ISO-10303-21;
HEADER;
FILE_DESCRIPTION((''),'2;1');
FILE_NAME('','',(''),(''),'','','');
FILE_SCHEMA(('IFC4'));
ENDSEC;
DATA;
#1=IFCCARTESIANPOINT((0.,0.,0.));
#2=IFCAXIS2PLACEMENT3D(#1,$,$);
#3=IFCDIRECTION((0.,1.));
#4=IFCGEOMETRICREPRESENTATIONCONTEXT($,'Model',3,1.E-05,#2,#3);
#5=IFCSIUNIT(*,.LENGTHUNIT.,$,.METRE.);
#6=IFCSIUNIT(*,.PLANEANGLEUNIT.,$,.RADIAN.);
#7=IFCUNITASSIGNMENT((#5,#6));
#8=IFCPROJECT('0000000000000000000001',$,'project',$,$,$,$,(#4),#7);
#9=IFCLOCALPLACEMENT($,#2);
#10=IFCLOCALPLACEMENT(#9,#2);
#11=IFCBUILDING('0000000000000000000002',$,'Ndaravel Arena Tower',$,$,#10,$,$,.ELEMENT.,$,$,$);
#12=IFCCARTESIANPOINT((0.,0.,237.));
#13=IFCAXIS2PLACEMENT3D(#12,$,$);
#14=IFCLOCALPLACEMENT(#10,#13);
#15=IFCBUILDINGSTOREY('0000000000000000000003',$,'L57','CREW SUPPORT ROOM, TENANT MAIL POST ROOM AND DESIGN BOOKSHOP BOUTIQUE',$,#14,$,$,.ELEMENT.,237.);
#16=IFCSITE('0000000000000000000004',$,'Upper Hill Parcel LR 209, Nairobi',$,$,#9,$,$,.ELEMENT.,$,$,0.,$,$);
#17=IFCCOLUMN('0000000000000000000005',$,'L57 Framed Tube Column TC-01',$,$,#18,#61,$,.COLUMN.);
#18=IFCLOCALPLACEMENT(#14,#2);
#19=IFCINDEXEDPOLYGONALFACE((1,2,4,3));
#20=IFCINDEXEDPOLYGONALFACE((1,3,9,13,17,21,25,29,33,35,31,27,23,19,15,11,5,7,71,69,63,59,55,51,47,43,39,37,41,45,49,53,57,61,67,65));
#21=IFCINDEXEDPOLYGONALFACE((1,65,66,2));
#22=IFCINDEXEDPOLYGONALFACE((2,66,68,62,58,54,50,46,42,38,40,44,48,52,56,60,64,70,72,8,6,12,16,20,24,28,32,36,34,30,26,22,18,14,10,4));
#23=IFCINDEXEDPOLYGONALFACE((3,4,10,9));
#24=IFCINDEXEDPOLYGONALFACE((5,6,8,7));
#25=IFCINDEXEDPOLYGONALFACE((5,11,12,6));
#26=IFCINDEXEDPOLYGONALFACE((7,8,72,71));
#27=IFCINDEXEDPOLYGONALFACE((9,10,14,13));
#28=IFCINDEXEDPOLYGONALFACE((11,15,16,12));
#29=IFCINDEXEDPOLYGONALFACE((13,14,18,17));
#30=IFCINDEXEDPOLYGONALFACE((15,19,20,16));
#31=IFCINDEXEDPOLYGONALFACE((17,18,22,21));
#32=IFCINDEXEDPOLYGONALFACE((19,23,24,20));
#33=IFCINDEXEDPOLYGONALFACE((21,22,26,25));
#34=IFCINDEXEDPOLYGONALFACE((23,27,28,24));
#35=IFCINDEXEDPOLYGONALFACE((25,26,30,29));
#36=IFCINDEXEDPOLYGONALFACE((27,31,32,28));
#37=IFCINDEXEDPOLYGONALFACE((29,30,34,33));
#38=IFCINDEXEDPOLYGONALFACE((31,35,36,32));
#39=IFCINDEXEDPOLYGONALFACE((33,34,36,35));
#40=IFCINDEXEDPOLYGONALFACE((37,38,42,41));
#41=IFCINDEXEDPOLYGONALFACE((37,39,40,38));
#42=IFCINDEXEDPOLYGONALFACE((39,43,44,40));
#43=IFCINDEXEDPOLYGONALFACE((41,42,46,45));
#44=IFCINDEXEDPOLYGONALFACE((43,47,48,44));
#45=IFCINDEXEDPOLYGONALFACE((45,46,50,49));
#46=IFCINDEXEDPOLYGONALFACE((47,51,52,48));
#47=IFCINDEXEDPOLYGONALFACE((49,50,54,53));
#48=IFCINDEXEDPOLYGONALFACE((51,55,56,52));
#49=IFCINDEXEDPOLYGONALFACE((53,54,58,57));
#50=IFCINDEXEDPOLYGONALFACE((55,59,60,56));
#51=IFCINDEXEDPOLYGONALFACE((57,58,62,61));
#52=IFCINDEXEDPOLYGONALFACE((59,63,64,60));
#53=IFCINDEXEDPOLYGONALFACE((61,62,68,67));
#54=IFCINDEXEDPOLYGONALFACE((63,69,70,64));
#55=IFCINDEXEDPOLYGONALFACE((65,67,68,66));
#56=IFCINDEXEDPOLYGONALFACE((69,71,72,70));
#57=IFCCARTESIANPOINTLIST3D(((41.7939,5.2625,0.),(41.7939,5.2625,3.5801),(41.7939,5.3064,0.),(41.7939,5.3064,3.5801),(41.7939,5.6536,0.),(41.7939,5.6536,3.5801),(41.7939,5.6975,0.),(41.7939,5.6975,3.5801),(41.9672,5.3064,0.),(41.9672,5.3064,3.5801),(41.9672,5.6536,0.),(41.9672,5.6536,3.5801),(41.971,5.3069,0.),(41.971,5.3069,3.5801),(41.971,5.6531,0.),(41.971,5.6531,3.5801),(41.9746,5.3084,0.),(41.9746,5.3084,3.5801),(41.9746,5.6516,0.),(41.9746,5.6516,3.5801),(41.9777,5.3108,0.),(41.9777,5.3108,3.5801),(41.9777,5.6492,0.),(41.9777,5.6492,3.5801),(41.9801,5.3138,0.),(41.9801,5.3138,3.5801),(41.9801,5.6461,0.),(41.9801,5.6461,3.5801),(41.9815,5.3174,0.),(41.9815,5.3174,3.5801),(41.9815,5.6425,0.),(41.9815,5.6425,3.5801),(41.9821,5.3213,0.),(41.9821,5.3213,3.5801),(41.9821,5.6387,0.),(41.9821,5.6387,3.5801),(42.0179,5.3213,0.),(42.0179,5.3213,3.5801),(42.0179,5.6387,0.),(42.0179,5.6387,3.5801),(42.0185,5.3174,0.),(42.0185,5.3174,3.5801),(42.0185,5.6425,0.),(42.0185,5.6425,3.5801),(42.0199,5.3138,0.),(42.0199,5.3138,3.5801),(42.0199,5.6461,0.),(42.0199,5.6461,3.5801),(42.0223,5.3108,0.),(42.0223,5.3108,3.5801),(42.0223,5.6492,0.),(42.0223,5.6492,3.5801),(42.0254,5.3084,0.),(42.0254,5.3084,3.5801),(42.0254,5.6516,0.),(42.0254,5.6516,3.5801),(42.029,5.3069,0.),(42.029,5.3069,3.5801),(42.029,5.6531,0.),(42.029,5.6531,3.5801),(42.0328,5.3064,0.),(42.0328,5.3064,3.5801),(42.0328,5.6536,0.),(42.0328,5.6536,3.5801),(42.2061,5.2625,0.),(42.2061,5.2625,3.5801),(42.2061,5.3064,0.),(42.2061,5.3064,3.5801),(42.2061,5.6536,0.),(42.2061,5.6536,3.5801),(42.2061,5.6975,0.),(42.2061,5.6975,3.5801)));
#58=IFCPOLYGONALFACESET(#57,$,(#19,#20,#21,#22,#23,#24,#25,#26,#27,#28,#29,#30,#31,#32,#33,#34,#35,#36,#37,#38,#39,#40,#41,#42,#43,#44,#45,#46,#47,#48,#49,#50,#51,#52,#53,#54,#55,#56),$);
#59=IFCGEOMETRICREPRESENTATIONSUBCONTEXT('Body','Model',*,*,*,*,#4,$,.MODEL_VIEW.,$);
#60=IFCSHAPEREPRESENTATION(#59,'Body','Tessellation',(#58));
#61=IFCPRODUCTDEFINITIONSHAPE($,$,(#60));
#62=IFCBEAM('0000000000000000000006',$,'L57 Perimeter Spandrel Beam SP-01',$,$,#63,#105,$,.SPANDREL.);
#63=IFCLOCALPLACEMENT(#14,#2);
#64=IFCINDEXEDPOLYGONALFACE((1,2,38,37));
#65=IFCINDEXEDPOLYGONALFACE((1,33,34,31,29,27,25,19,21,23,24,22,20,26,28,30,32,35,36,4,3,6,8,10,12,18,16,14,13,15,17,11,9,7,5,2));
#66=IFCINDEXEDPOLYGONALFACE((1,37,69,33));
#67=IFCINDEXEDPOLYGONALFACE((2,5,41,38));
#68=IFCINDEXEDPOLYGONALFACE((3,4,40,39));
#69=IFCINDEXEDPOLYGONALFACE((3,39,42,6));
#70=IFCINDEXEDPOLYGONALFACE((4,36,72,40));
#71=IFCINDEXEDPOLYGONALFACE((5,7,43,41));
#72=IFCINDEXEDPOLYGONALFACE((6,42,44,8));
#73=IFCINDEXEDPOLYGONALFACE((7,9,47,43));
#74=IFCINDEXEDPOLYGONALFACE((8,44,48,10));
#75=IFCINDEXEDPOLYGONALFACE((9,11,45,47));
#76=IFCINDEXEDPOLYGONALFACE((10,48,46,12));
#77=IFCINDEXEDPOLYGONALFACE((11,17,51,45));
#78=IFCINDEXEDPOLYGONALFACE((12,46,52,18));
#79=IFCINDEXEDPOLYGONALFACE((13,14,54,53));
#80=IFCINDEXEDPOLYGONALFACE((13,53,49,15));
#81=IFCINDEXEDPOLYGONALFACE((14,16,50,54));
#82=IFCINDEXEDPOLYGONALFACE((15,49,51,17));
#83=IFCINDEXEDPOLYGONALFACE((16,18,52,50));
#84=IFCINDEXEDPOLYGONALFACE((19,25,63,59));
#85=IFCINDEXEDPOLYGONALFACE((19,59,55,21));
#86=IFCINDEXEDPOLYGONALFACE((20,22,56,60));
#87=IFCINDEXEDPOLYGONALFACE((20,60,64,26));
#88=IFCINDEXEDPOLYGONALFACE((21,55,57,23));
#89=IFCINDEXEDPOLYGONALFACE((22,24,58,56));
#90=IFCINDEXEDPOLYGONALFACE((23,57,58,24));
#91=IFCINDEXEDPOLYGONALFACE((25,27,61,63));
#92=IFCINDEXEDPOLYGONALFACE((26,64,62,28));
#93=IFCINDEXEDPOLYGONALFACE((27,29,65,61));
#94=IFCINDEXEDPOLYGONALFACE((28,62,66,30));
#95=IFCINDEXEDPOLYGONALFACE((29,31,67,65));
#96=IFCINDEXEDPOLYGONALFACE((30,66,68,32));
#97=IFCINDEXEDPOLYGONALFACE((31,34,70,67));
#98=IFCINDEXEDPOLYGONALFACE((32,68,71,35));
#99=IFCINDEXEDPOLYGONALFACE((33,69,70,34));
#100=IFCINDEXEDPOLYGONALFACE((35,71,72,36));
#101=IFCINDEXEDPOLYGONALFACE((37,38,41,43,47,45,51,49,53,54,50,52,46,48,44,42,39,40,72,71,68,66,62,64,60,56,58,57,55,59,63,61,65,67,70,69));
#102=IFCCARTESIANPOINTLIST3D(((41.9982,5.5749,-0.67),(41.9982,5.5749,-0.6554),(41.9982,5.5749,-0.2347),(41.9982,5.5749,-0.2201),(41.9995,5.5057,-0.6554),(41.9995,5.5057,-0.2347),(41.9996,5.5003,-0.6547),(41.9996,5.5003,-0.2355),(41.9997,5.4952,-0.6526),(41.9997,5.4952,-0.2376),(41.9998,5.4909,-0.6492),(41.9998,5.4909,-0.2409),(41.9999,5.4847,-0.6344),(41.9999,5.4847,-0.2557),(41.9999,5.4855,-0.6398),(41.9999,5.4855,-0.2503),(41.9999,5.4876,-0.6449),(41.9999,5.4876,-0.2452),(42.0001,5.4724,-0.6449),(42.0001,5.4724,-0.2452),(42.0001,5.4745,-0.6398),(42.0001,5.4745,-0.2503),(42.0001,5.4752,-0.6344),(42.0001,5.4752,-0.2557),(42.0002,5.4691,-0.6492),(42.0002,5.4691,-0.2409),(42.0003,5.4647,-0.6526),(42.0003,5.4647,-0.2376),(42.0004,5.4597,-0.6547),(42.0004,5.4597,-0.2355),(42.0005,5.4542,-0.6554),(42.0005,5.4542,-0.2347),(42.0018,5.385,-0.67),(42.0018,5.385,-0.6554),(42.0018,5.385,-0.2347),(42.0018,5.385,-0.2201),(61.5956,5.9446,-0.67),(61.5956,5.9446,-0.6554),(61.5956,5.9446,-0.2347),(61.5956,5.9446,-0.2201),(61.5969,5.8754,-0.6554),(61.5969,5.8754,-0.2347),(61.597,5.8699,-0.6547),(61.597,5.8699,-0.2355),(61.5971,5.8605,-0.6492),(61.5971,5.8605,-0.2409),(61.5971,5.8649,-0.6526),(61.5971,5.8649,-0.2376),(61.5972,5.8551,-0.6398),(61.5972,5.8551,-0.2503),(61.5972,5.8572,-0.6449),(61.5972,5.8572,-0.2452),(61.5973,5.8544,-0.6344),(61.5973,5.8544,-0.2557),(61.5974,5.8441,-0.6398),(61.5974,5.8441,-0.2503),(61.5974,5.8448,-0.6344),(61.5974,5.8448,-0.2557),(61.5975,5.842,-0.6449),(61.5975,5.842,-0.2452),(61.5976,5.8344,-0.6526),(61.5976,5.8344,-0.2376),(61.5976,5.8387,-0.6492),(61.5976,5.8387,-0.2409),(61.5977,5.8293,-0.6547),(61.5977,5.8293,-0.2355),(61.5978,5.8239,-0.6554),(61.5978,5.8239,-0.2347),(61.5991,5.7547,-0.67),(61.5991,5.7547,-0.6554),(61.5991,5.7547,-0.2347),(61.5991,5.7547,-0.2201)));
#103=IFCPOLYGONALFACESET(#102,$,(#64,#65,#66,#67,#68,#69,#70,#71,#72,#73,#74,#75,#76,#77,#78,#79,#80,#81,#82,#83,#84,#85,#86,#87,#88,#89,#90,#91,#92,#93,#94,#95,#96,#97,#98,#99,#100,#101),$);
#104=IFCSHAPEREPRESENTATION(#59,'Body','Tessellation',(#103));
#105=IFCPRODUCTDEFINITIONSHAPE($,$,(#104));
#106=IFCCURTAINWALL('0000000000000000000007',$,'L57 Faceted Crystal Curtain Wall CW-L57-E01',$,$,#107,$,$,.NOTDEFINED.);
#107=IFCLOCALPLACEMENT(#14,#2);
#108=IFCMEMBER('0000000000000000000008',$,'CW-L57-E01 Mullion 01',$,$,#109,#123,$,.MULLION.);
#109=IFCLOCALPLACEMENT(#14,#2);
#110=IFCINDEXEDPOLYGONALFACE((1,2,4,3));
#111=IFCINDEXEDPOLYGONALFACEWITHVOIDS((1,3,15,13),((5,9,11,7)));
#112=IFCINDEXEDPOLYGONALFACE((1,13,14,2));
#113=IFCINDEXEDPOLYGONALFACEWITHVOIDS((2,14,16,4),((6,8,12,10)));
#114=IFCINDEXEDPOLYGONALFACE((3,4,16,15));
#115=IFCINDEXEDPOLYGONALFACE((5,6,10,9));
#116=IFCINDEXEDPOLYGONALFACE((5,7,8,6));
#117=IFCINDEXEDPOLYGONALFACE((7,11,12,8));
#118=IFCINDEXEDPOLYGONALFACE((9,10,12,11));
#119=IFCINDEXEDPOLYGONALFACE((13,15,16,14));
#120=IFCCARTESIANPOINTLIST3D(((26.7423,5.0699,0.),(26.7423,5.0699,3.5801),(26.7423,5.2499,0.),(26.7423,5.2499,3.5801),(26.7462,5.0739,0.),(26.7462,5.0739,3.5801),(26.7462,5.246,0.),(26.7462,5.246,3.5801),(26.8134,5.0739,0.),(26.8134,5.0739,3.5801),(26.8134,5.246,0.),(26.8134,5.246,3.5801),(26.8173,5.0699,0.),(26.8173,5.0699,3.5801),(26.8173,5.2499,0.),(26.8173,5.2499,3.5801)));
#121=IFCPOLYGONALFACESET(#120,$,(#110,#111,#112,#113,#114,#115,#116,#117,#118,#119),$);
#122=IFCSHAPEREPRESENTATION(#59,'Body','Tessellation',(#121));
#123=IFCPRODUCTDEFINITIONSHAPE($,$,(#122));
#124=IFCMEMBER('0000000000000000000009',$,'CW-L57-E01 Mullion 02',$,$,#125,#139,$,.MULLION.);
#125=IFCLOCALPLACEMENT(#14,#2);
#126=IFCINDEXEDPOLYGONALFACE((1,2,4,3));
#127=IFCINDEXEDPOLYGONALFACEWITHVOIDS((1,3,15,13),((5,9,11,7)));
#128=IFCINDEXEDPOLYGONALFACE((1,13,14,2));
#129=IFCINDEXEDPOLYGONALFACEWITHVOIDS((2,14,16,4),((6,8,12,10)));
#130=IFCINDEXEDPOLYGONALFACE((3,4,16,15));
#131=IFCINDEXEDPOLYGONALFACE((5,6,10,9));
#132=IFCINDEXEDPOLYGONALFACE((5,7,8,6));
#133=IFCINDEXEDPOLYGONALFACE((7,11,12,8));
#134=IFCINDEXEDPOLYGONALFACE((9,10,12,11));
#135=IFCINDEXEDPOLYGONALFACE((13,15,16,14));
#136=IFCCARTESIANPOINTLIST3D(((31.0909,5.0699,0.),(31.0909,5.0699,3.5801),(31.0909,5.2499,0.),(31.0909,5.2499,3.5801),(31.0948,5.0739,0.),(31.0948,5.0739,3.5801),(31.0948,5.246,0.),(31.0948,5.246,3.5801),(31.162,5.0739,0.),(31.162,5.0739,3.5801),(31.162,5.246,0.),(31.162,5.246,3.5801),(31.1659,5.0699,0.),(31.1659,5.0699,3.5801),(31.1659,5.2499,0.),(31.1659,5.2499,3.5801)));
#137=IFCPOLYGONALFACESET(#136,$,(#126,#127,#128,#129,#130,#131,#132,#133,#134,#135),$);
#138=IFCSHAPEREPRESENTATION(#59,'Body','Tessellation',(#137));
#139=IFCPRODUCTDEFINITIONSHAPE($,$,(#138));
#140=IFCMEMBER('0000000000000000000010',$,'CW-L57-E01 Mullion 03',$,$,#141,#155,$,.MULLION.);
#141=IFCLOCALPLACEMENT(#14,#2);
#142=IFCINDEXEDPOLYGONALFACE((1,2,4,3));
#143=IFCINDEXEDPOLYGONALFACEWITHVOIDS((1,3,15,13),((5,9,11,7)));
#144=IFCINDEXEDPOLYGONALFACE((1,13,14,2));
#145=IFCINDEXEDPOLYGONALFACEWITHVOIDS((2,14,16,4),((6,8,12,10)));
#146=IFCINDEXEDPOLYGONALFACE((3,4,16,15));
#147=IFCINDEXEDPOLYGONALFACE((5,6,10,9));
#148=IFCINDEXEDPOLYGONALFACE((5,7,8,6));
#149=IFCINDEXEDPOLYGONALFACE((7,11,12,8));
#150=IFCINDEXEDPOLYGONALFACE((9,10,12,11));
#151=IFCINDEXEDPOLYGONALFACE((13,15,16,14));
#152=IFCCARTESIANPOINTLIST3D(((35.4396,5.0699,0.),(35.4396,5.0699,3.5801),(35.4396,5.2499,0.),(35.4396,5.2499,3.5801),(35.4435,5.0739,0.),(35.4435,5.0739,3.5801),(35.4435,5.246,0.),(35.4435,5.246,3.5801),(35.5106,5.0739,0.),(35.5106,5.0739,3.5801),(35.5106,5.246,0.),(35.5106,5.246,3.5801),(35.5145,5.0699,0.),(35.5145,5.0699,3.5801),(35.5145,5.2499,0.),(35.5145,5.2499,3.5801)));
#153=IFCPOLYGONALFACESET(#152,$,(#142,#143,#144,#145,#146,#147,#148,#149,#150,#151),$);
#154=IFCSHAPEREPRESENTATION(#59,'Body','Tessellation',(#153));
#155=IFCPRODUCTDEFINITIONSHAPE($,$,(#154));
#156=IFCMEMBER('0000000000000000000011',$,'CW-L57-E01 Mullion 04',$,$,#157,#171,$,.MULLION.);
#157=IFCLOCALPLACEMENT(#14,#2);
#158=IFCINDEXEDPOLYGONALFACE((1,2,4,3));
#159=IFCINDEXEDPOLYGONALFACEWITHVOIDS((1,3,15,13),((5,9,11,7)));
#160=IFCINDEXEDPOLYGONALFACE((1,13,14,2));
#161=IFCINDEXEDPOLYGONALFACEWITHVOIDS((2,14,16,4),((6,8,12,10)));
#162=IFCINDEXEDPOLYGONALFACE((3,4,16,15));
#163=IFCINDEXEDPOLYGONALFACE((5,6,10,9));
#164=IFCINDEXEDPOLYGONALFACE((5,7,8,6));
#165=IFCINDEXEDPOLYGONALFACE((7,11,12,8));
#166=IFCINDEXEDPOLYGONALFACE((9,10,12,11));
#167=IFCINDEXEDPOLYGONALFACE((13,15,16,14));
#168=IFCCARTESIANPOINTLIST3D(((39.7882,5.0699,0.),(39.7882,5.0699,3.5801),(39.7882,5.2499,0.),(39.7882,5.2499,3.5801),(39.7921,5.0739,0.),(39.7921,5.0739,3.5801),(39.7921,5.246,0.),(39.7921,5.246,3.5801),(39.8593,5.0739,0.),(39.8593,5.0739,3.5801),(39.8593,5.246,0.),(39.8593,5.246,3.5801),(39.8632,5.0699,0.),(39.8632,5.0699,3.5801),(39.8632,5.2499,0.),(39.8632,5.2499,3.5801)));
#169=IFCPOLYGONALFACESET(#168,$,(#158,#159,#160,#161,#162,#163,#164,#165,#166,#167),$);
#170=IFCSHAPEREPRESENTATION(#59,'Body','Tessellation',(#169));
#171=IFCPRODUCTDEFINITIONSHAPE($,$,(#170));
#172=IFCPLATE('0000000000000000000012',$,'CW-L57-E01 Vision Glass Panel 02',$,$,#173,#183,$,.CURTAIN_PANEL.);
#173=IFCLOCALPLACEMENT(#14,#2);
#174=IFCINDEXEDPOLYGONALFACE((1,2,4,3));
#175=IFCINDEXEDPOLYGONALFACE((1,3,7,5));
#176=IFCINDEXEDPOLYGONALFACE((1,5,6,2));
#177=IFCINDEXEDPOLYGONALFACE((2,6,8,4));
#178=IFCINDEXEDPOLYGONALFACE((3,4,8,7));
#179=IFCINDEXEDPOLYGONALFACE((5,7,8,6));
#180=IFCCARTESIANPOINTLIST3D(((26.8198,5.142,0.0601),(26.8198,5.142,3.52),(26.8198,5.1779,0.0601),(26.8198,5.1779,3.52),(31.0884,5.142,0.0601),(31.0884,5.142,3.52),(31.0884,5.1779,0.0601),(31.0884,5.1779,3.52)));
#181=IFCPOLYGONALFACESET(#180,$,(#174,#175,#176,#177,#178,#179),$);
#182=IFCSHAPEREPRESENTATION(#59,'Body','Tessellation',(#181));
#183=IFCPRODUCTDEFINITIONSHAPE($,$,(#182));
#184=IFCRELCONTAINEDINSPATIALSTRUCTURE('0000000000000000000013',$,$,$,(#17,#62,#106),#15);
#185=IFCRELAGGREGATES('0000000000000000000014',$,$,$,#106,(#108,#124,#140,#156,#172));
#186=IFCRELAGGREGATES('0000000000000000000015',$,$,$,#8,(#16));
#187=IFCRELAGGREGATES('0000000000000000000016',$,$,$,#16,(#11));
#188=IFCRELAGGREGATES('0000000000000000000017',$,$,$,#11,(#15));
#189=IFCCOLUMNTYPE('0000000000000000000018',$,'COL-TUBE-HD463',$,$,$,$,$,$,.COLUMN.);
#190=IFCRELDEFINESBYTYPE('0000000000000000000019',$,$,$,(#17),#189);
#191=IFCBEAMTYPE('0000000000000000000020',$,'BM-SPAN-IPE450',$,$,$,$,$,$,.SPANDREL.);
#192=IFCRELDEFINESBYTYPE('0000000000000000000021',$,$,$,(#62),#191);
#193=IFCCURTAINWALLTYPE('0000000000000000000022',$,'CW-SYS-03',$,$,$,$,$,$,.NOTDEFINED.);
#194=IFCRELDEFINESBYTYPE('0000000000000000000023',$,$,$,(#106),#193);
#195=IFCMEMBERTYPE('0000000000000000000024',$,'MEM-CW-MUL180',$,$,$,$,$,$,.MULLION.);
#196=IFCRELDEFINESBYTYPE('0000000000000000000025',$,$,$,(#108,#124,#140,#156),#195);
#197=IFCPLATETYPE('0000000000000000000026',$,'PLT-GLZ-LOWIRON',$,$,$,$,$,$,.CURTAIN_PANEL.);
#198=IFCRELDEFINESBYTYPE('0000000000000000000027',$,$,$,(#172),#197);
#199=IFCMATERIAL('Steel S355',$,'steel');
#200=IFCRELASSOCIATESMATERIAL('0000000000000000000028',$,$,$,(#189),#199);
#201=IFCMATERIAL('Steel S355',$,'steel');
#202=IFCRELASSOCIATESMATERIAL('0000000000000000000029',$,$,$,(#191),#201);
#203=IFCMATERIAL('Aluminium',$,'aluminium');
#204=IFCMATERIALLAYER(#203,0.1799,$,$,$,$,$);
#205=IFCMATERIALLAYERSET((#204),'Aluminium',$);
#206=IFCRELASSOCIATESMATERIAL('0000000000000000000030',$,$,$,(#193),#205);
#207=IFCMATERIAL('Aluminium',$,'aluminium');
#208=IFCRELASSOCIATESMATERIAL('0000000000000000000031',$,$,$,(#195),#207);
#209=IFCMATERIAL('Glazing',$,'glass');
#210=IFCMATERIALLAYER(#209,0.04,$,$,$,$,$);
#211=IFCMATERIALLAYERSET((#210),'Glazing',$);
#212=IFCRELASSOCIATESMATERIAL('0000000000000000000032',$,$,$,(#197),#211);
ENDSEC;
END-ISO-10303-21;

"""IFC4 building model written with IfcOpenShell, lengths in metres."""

from ifc_helpers import new_model, si_unit, direction, frame, origin, origin_2d, place, context, subcontext, project, spatial, rectangle, hollow_rectangle, i_section, extrude, material, layer, layer_set, material_profile, profile_set, type_object, element, aggregate, save


model = new_model("IFC4")

# Units and contexts
model_context = context("Model", 3, precision=1e-05, world=origin(), true_north=direction((0.0, 1.0)))
body_context = subcontext(model_context, "Body", "Model", "MODEL_VIEW")
ifc_project = project(units=[si_unit("LENGTHUNIT", "METRE"), si_unit("PLANEANGLEUNIT", "RADIAN")], contexts=[model_context])

# Site, building, storey
site_placement = place(None, origin())
site = spatial("IfcSite", under=ifc_project, at=site_placement, Name="Upper Hill Parcel LR 209, Nairobi", CompositionType="ELEMENT", RefElevation=0.0)
building_placement = place(site_placement, origin())
building = spatial("IfcBuilding", under=site, at=building_placement, Name="Ndaravel Arena Tower", CompositionType="ELEMENT")
storey_placement = place(building_placement, frame((0.0, 0.0, 237.0)))
storey = spatial("IfcBuildingStorey", under=building, at=storey_placement, Name="L57", Description="CREW SUPPORT ROOM, TENANT MAIL POST ROOM AND DESIGN BOOKSHOP BOUTIQUE", CompositionType="ELEMENT", Elevation=237.0)

# Column
ifc_material_1 = material(Name="Steel S355", Category="steel")
ifc_material_profile_1 = material_profile(ifc_material_1, i_section(OverallWidth=0.4121, OverallDepth=0.4351, WebThickness=0.0359, FlangeThickness=0.0439, FilletRadius=0.0149, at=origin_2d()), Name="HD 400x463")
ifc_profile_set_1 = profile_set([ifc_material_profile_1], Name="Steel S355")
column_type = type_object("IfcColumnType", Name="COL-TUBE-HD463", PredefinedType="COLUMN", material=ifc_profile_set_1)
column_placement = place(storey_placement, frame((42.0, 5.48, 0.0), z_axis=(0.0, 0.0, 1.0), x_axis=(1.0, 0.0, 0.0)))
element("IfcColumn", 1, at=column_placement, inside=storey, type_object=column_type, Name="L57 Framed Tube Column TC-01", PredefinedType="COLUMN", context=body_context, shape_type="SweptSolid", body=[
    extrude(i_section(OverallWidth=0.4121, OverallDepth=0.4351, WebThickness=0.0359, FlangeThickness=0.0439, FilletRadius=0.0149, at=origin_2d()), origin(), (0.0, 0.0, 1.0), 3.5801),
])

# Beam
ifc_material_2 = material(Name="Steel S355", Category="steel")
ifc_material_profile_2 = material_profile(ifc_material_2, i_section(OverallWidth=0.1899, OverallDepth=0.45, WebThickness=0.0095, FlangeThickness=0.0146, FilletRadius=0.021, at=origin_2d()), Name="IPE 450")
ifc_profile_set_2 = profile_set([ifc_material_profile_2], Name="Steel S355")
beam_type = type_object("IfcBeamType", Name="BM-SPAN-IPE450", PredefinedType="SPANDREL", material=ifc_profile_set_2)
beam_placement = place(storey_placement, frame((42.0, 5.48, -0.4451), z_axis=(0.999822, 0.018858, 0.0), x_axis=(-0.018858, 0.999822, 0.0)))
element("IfcBeam", 2, at=beam_placement, inside=storey, type_object=beam_type, Name="L57 Perimeter Spandrel Beam SP-01", PredefinedType="SPANDREL", context=body_context, shape_type="SweptSolid", body=[
    extrude(i_section(OverallWidth=0.1899, OverallDepth=0.45, WebThickness=0.0095, FlangeThickness=0.0146, FilletRadius=0.021, at=origin_2d()), origin(), (0.0, 0.0, 1.0), 19.6008),
])

# Curtain wall, members, plate
ifc_material_3 = material(Name="Aluminium", Category="aluminium")
ifc_layer_1 = layer(ifc_material_3, 0.1799)
ifc_layer_set_1 = layer_set([ifc_layer_1], Name="Aluminium")
curtain_wall_type = type_object("IfcCurtainWallType", Name="CW-SYS-03", PredefinedType="NOTDEFINED", material=ifc_layer_set_1)
curtain_wall_placement = place(storey_placement, origin())
curtain_wall = element("IfcCurtainWall", 3, at=curtain_wall_placement, inside=storey, type_object=curtain_wall_type, Name="L57 Faceted Crystal Curtain Wall CW-L57-E01", PredefinedType="NOTDEFINED")
ifc_material_4 = material(Name="Aluminium", Category="aluminium")
ifc_material_profile_3 = material_profile(ifc_material_4, hollow_rectangle(XDim=0.075, YDim=0.1799, WallThickness=0.0039, at=origin_2d()), Name="CW MULLION 75x180x4")
ifc_profile_set_3 = profile_set([ifc_material_profile_3], Name="Aluminium")
member_type = type_object("IfcMemberType", Name="MEM-CW-MUL180", PredefinedType="MULLION", material=ifc_profile_set_3)
member_1_placement = place(storey_placement, frame((26.7798, 5.1599, 0.0), z_axis=(0.0, 0.0, 1.0), x_axis=(1.0, 0.0, 0.0)))
member_1 = element("IfcMember", 4, at=member_1_placement, type_object=member_type, Name="CW-L57-E01 Mullion 01", PredefinedType="MULLION", context=body_context, shape_type="SweptSolid", body=[
    extrude(hollow_rectangle(XDim=0.075, YDim=0.1799, WallThickness=0.0039, at=origin_2d()), origin(), (0.0, 0.0, 1.0), 3.5801),
])
member_2_placement = place(storey_placement, frame((31.1284, 5.1599, 0.0), z_axis=(0.0, 0.0, 1.0), x_axis=(1.0, 0.0, 0.0)))
member_2 = element("IfcMember", 5, at=member_2_placement, type_object=member_type, Name="CW-L57-E01 Mullion 02", PredefinedType="MULLION", context=body_context, shape_type="SweptSolid", body=[
    extrude(hollow_rectangle(XDim=0.075, YDim=0.1799, WallThickness=0.0039, at=origin_2d()), origin(), (0.0, 0.0, 1.0), 3.5801),
])
member_3_placement = place(storey_placement, frame((35.4771, 5.1599, 0.0), z_axis=(0.0, 0.0, 1.0), x_axis=(1.0, 0.0, 0.0)))
member_3 = element("IfcMember", 6, at=member_3_placement, type_object=member_type, Name="CW-L57-E01 Mullion 03", PredefinedType="MULLION", context=body_context, shape_type="SweptSolid", body=[
    extrude(hollow_rectangle(XDim=0.075, YDim=0.1799, WallThickness=0.0039, at=origin_2d()), origin(), (0.0, 0.0, 1.0), 3.5801),
])
member_4_placement = place(storey_placement, frame((39.8257, 5.1599, 0.0), z_axis=(0.0, 0.0, 1.0), x_axis=(1.0, 0.0, 0.0)))
member_4 = element("IfcMember", 7, at=member_4_placement, type_object=member_type, Name="CW-L57-E01 Mullion 04", PredefinedType="MULLION", context=body_context, shape_type="SweptSolid", body=[
    extrude(hollow_rectangle(XDim=0.075, YDim=0.1799, WallThickness=0.0039, at=origin_2d()), origin(), (0.0, 0.0, 1.0), 3.5801),
])
ifc_material_5 = material(Name="Glazing", Category="glass")
ifc_layer_2 = layer(ifc_material_5, 0.04)
ifc_layer_set_2 = layer_set([ifc_layer_2], Name="Glazing")
plate_type = type_object("IfcPlateType", Name="PLT-GLZ-LOWIRON", PredefinedType="CURTAIN_PANEL", material=ifc_layer_set_2)
plate_1_placement = place(storey_placement, frame((28.9541, 5.1599, 0.0601), z_axis=(0.0, 0.0, 1.0), x_axis=(1.0, 0.0, 0.0)))
plate_1 = element("IfcPlate", 8, at=plate_1_placement, type_object=plate_type, Name="CW-L57-E01 Vision Glass Panel 02", PredefinedType="CURTAIN_PANEL", context=body_context, shape_type="SweptSolid", body=[
    extrude(rectangle(XDim=4.2686, YDim=0.0359, at=origin_2d()), origin(), (0.0, 0.0, 1.0), 3.46),
])
aggregate(curtain_wall, [member_1, member_2, member_3, member_4, plate_1])

save(model, "model.ifc")
